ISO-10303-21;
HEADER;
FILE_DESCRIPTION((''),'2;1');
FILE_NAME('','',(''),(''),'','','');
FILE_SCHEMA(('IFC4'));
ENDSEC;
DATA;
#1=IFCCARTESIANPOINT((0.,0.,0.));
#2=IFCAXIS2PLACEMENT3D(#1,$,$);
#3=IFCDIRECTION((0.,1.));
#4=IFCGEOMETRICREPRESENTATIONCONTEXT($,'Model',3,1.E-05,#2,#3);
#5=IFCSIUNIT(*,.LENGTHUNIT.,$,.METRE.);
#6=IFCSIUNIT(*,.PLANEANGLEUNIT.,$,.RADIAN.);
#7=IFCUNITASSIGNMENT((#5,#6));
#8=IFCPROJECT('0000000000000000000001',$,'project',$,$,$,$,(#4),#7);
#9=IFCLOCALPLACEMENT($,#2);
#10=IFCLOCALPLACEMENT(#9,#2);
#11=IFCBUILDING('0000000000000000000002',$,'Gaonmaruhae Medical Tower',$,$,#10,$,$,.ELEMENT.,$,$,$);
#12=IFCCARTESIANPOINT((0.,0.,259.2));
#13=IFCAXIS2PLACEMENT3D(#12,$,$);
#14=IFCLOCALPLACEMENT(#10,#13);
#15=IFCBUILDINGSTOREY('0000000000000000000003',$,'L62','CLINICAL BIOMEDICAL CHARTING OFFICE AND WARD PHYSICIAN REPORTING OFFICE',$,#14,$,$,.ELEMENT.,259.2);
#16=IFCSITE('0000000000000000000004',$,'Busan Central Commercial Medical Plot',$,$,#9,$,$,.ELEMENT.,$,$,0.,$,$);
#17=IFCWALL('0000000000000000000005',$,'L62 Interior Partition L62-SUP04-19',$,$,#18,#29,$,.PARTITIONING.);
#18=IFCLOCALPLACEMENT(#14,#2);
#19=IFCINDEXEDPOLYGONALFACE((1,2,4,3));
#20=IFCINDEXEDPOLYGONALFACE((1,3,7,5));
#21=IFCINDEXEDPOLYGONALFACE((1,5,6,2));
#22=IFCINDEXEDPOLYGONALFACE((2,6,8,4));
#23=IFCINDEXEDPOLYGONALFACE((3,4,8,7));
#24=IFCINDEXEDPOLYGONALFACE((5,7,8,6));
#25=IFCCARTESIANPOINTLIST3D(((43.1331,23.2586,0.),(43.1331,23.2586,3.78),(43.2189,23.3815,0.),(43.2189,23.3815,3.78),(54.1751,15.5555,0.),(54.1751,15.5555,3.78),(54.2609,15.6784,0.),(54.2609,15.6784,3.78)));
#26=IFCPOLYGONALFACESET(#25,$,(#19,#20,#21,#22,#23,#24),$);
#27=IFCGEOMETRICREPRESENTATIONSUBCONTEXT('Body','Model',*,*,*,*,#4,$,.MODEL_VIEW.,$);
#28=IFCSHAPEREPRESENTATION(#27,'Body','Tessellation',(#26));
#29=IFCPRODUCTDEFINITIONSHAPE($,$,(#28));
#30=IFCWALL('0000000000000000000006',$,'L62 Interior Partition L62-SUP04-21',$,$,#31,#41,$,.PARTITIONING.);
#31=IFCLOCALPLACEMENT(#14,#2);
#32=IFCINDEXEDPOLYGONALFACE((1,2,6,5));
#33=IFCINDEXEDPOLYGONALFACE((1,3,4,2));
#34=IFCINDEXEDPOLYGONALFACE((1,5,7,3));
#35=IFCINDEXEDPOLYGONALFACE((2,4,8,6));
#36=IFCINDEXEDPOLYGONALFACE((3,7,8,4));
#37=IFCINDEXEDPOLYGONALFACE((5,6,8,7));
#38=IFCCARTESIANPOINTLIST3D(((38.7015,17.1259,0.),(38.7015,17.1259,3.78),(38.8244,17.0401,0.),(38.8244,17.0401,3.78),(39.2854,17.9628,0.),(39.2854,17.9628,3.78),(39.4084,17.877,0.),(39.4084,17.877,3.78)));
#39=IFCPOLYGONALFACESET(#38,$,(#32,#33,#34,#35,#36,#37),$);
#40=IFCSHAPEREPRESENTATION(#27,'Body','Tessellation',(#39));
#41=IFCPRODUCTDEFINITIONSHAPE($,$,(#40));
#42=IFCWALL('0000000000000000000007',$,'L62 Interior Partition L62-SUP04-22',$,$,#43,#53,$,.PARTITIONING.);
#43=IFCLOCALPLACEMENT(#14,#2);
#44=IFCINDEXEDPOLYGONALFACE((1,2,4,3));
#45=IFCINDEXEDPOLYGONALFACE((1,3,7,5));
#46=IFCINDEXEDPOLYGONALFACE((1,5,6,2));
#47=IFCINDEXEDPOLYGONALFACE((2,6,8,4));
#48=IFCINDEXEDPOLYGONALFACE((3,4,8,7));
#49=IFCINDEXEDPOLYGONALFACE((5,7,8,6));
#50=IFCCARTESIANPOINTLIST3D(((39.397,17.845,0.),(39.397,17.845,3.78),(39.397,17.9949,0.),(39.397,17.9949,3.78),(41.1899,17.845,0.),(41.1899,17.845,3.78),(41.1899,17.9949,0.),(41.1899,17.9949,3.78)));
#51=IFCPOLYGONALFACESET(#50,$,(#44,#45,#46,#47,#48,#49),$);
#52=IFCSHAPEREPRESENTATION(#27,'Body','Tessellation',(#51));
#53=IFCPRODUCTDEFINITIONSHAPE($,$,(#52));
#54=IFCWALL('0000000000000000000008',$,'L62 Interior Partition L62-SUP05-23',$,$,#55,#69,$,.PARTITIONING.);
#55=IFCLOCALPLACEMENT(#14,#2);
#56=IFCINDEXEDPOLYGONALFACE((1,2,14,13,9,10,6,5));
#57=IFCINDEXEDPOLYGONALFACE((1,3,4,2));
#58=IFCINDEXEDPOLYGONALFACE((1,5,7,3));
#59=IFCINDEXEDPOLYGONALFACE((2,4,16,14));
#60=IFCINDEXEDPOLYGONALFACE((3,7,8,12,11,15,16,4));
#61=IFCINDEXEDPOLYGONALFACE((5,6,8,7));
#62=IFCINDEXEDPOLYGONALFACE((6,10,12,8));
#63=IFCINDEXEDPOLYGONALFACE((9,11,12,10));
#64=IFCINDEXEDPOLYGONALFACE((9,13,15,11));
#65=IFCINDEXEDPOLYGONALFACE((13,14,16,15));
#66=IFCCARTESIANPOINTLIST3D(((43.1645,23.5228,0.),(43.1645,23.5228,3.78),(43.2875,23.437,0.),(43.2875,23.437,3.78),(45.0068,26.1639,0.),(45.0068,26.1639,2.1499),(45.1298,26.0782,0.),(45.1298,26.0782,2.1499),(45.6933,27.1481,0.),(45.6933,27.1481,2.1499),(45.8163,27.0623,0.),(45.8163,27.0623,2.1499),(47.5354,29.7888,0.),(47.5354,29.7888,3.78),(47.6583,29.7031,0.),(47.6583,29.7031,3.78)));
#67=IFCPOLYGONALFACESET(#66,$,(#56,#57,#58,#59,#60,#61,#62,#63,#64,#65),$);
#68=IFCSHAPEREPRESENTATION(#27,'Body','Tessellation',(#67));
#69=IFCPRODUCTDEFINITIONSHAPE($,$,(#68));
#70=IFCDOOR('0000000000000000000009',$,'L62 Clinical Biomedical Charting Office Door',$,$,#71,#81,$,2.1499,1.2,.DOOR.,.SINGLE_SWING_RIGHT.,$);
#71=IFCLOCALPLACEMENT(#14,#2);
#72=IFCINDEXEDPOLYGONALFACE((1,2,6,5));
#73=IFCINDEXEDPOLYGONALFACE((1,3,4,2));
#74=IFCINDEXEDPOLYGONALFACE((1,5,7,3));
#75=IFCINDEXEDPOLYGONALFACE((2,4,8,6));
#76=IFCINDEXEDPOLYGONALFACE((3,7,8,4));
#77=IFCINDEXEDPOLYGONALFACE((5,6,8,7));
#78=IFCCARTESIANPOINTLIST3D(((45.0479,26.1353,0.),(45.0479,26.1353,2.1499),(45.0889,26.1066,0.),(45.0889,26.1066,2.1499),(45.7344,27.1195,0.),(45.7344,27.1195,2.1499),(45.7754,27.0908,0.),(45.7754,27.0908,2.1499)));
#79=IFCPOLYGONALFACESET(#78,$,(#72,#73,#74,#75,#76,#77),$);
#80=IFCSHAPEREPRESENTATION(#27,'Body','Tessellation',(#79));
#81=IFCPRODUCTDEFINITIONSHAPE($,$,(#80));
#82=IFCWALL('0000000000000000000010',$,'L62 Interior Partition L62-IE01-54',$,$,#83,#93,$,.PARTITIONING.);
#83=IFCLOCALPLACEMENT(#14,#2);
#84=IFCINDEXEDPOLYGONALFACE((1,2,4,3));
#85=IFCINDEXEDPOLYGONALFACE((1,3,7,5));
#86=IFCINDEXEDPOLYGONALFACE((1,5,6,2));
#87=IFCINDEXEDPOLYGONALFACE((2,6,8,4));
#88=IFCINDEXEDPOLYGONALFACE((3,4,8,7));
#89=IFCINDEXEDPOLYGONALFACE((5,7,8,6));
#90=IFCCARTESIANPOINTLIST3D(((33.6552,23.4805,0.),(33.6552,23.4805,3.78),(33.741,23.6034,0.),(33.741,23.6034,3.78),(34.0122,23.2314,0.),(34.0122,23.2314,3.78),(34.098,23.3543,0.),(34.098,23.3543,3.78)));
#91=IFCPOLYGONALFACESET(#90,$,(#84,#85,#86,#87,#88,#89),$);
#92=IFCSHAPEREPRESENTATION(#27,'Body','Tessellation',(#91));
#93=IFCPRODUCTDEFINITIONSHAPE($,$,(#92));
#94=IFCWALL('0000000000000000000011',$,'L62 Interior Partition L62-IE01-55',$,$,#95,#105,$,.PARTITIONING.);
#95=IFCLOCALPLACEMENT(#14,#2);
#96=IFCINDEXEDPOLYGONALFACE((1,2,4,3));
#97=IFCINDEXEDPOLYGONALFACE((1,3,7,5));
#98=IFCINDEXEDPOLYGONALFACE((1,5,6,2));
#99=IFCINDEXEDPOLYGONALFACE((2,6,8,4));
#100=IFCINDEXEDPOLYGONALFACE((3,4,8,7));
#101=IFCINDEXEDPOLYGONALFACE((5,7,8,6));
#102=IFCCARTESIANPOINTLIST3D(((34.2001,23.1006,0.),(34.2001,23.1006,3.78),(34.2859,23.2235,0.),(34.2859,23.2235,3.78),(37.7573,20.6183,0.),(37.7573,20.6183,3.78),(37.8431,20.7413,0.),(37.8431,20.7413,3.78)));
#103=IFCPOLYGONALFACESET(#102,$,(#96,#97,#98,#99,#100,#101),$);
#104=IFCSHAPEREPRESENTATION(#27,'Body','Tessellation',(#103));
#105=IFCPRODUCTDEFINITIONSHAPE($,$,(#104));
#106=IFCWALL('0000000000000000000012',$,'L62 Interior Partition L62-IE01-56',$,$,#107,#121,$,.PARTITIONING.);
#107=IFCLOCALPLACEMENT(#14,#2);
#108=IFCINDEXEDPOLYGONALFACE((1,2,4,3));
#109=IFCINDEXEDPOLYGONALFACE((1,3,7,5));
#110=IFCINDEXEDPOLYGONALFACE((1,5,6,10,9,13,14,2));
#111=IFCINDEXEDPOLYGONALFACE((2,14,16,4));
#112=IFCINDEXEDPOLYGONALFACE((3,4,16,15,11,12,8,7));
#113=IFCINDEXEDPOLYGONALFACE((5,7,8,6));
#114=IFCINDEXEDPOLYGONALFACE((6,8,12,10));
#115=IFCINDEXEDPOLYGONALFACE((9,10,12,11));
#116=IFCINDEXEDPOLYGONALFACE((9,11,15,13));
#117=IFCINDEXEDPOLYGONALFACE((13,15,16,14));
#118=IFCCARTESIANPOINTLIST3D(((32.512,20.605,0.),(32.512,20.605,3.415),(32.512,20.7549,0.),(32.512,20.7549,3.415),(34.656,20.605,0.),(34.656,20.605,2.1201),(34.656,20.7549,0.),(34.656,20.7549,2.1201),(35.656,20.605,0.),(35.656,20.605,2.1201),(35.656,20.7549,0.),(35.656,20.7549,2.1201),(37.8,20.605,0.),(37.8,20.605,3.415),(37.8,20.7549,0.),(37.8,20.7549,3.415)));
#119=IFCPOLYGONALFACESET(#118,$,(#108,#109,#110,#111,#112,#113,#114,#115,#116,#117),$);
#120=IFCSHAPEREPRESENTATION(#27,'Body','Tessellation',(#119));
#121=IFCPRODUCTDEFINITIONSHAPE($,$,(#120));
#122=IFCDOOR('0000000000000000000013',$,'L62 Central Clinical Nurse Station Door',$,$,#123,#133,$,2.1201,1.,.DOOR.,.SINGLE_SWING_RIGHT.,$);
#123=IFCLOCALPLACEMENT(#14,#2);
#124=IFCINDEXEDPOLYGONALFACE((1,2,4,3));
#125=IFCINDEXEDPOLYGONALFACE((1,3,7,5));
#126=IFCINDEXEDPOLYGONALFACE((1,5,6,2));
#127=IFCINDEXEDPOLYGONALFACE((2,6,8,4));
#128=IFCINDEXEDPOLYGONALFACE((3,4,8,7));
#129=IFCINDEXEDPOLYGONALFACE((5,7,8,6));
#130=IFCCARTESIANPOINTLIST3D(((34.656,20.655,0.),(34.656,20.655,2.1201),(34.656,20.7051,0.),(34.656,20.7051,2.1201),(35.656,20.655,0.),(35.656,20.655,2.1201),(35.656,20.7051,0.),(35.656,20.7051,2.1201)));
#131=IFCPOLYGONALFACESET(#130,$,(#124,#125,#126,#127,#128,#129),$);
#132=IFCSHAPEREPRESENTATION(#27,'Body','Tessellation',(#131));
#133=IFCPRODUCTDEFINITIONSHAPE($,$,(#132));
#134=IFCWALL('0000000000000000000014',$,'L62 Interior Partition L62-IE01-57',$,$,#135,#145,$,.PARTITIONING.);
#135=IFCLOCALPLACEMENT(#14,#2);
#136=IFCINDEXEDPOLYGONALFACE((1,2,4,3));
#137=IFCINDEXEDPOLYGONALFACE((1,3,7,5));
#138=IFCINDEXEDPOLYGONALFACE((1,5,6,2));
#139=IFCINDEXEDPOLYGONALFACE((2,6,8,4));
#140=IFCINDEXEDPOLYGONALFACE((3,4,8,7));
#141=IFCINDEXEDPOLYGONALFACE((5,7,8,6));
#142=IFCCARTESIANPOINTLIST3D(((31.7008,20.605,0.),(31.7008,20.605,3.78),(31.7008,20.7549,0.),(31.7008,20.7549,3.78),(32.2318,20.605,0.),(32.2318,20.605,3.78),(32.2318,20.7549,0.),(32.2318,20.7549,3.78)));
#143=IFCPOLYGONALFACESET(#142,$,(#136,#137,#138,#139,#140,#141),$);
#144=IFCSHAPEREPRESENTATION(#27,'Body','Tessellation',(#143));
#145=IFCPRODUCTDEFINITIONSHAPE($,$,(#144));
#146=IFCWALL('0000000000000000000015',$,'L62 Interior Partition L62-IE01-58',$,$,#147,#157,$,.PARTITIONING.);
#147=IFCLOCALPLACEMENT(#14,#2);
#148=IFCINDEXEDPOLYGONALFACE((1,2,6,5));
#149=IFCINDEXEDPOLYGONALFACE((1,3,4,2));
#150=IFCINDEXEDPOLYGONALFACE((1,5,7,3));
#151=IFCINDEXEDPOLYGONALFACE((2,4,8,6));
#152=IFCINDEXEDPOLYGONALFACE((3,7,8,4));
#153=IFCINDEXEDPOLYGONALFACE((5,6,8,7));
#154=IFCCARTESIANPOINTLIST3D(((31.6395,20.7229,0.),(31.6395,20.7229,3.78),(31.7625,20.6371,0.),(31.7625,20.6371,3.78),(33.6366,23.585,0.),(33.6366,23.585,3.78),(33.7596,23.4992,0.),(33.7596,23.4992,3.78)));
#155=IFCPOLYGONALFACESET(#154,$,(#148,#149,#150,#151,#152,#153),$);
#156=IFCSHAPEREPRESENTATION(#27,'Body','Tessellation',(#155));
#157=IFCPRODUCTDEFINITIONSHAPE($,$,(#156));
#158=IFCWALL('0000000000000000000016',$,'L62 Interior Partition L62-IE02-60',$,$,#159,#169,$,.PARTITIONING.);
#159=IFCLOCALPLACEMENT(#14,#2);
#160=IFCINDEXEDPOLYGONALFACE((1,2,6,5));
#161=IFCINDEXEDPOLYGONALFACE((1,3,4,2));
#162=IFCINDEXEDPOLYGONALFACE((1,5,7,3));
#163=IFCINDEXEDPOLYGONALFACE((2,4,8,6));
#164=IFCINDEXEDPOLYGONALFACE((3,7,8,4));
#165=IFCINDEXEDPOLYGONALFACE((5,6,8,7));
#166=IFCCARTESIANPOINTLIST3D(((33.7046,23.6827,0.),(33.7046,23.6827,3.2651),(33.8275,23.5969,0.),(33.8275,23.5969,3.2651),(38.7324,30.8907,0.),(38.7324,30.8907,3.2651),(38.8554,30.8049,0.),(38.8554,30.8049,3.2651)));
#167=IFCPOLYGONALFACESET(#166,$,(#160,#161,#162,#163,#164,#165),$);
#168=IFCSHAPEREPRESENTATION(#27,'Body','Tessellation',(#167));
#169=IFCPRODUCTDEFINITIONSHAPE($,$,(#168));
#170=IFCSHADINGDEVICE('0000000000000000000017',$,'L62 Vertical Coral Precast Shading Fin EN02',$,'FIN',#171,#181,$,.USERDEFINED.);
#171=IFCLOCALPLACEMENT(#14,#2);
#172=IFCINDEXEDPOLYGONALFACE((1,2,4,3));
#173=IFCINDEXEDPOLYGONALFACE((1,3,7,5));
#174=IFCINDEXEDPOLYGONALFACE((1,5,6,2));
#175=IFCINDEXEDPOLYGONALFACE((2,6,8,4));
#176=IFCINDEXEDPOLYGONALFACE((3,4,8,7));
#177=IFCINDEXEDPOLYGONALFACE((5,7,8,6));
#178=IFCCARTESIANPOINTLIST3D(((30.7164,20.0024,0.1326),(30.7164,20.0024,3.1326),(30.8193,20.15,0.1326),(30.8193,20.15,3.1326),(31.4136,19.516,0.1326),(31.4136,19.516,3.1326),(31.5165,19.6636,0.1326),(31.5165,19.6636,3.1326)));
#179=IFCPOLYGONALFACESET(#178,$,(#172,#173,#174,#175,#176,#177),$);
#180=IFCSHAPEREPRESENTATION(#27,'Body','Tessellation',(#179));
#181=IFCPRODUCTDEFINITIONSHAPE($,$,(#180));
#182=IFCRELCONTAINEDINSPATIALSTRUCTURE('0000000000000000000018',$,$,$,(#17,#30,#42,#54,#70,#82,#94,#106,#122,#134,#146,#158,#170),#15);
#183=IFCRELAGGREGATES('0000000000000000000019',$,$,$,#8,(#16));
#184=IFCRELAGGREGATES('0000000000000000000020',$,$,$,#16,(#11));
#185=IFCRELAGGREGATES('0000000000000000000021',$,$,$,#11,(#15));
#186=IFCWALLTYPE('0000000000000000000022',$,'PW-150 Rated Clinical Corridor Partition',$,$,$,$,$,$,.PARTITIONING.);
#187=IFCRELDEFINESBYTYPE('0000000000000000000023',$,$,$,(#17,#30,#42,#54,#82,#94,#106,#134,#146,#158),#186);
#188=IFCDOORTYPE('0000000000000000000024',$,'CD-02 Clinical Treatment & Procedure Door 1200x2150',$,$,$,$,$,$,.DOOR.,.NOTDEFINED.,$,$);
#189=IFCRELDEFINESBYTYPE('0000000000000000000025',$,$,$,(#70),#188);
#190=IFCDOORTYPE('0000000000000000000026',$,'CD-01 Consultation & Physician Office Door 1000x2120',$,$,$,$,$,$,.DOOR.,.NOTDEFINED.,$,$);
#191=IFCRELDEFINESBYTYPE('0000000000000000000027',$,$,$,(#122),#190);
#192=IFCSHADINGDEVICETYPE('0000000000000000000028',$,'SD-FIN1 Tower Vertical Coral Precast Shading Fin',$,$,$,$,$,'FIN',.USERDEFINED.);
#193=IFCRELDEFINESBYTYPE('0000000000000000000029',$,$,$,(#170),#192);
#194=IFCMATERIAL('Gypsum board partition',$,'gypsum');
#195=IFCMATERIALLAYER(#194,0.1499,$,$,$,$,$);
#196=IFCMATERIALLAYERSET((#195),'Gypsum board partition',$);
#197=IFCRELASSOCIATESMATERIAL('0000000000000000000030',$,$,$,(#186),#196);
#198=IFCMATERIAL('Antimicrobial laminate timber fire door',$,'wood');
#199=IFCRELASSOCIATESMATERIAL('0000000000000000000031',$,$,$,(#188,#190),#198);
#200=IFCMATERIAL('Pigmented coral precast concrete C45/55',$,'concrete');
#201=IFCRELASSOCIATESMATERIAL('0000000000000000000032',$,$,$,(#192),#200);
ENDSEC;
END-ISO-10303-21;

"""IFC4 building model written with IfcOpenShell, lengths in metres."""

from ifc_helpers import new_model, si_unit, direction, frame, frame_2d, origin, origin_2d, place, context, subcontext, project, spatial, rectangle, extrude, material, layer, layer_set, type_object, element, fill, save


model = new_model("IFC4")

# Units and contexts
model_context = context("Model", 3, precision=1e-05, world=origin(), true_north=direction((0.0, 1.0)))
body_context = subcontext(model_context, "Body", "Model", "MODEL_VIEW")
ifc_project = project(units=[si_unit("LENGTHUNIT", "METRE"), si_unit("PLANEANGLEUNIT", "RADIAN")], contexts=[model_context])

# Site, building, storey
site_placement = place(None, origin())
site = spatial("IfcSite", under=ifc_project, at=site_placement, Name="Busan Central Commercial Medical Plot", CompositionType="ELEMENT", RefElevation=0.0)
building_placement = place(site_placement, origin())
building = spatial("IfcBuilding", under=site, at=building_placement, Name="Gaonmaruhae Medical Tower", CompositionType="ELEMENT")
storey_placement = place(building_placement, frame((0.0, 0.0, 259.2)))
storey = spatial("IfcBuildingStorey", under=building, at=storey_placement, Name="L62", Description="CLINICAL BIOMEDICAL CHARTING OFFICE AND WARD PHYSICIAN REPORTING OFFICE", CompositionType="ELEMENT", Elevation=259.2)

# Shared definitions
ifc_material_1 = material(Name="Gypsum board partition", Category="gypsum")
ifc_layer_1 = layer(ifc_material_1, 0.1499)
ifc_layer_set_1 = layer_set([ifc_layer_1], Name="Gypsum board partition")
wall_type_1 = type_object("IfcWallType", Name="PW-150 Rated Clinical Corridor Partition", PredefinedType="PARTITIONING", material=ifc_layer_set_1)

# Shared definitions
ifc_material_2 = material(Name="Antimicrobial laminate timber fire door", Category="wood")
door_type_1 = type_object("IfcDoorType", Name="CD-02 Clinical Treatment & Procedure Door 1200x2150", OperationType="NOTDEFINED", PredefinedType="DOOR", material=ifc_material_2)

# Walls
wall_1_placement = place(storey_placement, frame((43.176, 23.3201, 0.0), z_axis=(0.0, 0.0, 1.0), x_axis=(0.820148, -0.572152, 0.0)))
element("IfcWall", 1, at=wall_1_placement, inside=storey, type_object=wall_type_1, Name="L62 Interior Partition L62-SUP04-19", PredefinedType="PARTITIONING", context=body_context, shape_type="SweptSolid", body=[
    extrude(rectangle(XDim=13.4634, YDim=0.1499, at=frame_2d((6.7317, 0.0))), origin(), (0.0, 0.0, 1.0), 3.78),
])
wall_2_placement = place(storey_placement, frame((38.7629, 17.083, 0.0), z_axis=(0.0, 0.0, 1.0), x_axis=(0.572241, 0.820085, 0.0)))
element("IfcWall", 2, at=wall_2_placement, inside=storey, type_object=wall_type_1, Name="L62 Interior Partition L62-SUP04-21", PredefinedType="PARTITIONING", context=body_context, shape_type="SweptSolid", body=[
    extrude(rectangle(XDim=1.0205, YDim=0.1499, at=frame_2d((0.5103, 0.0))), origin(), (0.0, 0.0, 1.0), 3.78),
])
wall_3_placement = place(storey_placement, frame((39.397, 17.9199, 0.0), z_axis=(0.0, 0.0, 1.0), x_axis=(1.0, 0.0, 0.0)))
element("IfcWall", 3, at=wall_3_placement, inside=storey, type_object=wall_type_1, Name="L62 Interior Partition L62-SUP04-22", PredefinedType="PARTITIONING", context=body_context, shape_type="SweptSolid", body=[
    extrude(rectangle(XDim=1.793, YDim=0.1499, at=frame_2d((0.8965, 0.0))), origin(), (0.0, 0.0, 1.0), 3.78),
])

# Wall, opening, door
wall_4_placement = place(storey_placement, frame((43.2261, 23.48, 0.0), z_axis=(0.0, 0.0, 1.0), x_axis=(0.572106, 0.82018, 0.0)))
wall_4 = element("IfcWall", 4, at=wall_4_placement, inside=storey, type_object=wall_type_1, Name="L62 Interior Partition L62-SUP05-23", PredefinedType="PARTITIONING", context=body_context, shape_type="SweptSolid", body=[
    extrude(rectangle(XDim=7.6399, YDim=0.1499, at=frame_2d((3.8198, 0.0))), origin(), (0.0, 0.0, 1.0), 3.78),
])
opening_1_placement = place(wall_4_placement, frame((3.22, 0.0, 0.0)))
opening_1 = element("IfcOpeningElement", 5, at=opening_1_placement, cuts=wall_4, PredefinedType="OPENING", context=body_context, shape_type="SweptSolid", body=[
    extrude(rectangle(XDim=1.2, YDim=2.1499, at=frame_2d((0.6001, 1.075))), frame((0.0, 0.085, 0.0), z_axis=(0.0, -1.0, 0.0), x_axis=(1.0, 0.0, 0.0)), (0.0, 0.0, 1.0), 0.1699),
])
door_1_placement = place(opening_1_placement, origin())
door_1 = element("IfcDoor", 6, at=door_1_placement, inside=storey, type_object=door_type_1, Name="L62 Clinical Biomedical Charting Office Door", OperationType="SINGLE_SWING_RIGHT", OverallHeight=2.1499, OverallWidth=1.2, PredefinedType="DOOR", context=body_context, shape_type="SweptSolid", body=[
    extrude(rectangle(XDim=1.2, YDim=2.1499, at=frame_2d((0.6001, 1.075))), frame((0.0, 0.0249, 0.0), z_axis=(0.0, -1.0, 0.0), x_axis=(1.0, 0.0, 0.0)), (0.0, 0.0, 1.0), 0.05),
])
fill(opening_1, door_1)

# Walls
wall_5_placement = place(storey_placement, frame((33.698, 23.542, 0.0), z_axis=(0.0, 0.0, 1.0), x_axis=(0.820127, -0.572182, 0.0)))
element("IfcWall", 7, at=wall_5_placement, inside=storey, type_object=wall_type_1, Name="L62 Interior Partition L62-IE01-54", PredefinedType="PARTITIONING", context=body_context, shape_type="SweptSolid", body=[
    extrude(rectangle(XDim=0.4353, YDim=0.1499, at=frame_2d((0.2178, 0.0))), origin(), (0.0, 0.0, 1.0), 3.78),
])
wall_6_placement = place(storey_placement, frame((34.2429, 23.1621, 0.0), z_axis=(0.0, 0.0, 1.0), x_axis=(0.820077, -0.572253, 0.0)))
element("IfcWall", 8, at=wall_6_placement, inside=storey, type_object=wall_type_1, Name="L62 Interior Partition L62-IE01-55", PredefinedType="PARTITIONING", context=body_context, shape_type="SweptSolid", body=[
    extrude(rectangle(XDim=4.3376, YDim=0.1499, at=frame_2d((2.1689, 0.0))), origin(), (0.0, 0.0, 1.0), 3.78),
])

# Wall, opening, door
wall_7_placement = place(storey_placement, frame((37.8, 20.6799, 0.0), z_axis=(0.0, 0.0, 1.0), x_axis=(-1.0, 0.0, 0.0)))
wall_7 = element("IfcWall", 9, at=wall_7_placement, inside=storey, type_object=wall_type_1, Name="L62 Interior Partition L62-IE01-56", PredefinedType="PARTITIONING", context=body_context, shape_type="SweptSolid", body=[
    extrude(rectangle(XDim=5.2881, YDim=0.1499, at=frame_2d((2.644, 0.0))), origin(), (0.0, 0.0, 1.0), 3.415),
])
opening_2_placement = place(wall_7_placement, frame((2.144, 0.0, 0.0)))
opening_2 = element("IfcOpeningElement", 10, at=opening_2_placement, cuts=wall_7, PredefinedType="OPENING", context=body_context, shape_type="SweptSolid", body=[
    extrude(rectangle(XDim=1.0, YDim=2.1201, at=frame_2d((0.5, 1.0601))), frame((0.0, 0.085, 0.0), z_axis=(0.0, -1.0, 0.0), x_axis=(1.0, 0.0, 0.0)), (0.0, 0.0, 1.0), 0.1699),
])
door_type_2 = type_object("IfcDoorType", Name="CD-01 Consultation & Physician Office Door 1000x2120", OperationType="NOTDEFINED", PredefinedType="DOOR", material=ifc_material_2)
door_2_placement = place(opening_2_placement, origin())
door_2 = element("IfcDoor", 11, at=door_2_placement, inside=storey, type_object=door_type_2, Name="L62 Central Clinical Nurse Station Door", OperationType="SINGLE_SWING_RIGHT", OverallHeight=2.1201, OverallWidth=1.0, PredefinedType="DOOR", context=body_context, shape_type="SweptSolid", body=[
    extrude(rectangle(XDim=1.0, YDim=2.1201, at=frame_2d((0.5, 1.0601))), frame((0.0, 0.0249, 0.0), z_axis=(0.0, -1.0, 0.0), x_axis=(1.0, 0.0, 0.0)), (0.0, 0.0, 1.0), 0.05),
])
fill(opening_2, door_2)

# Walls
wall_8_placement = place(storey_placement, frame((32.2319, 20.6799, 0.0), z_axis=(0.0, 0.0, 1.0), x_axis=(-1.0, 0.0, 0.0)))
element("IfcWall", 12, at=wall_8_placement, inside=storey, type_object=wall_type_1, Name="L62 Interior Partition L62-IE01-57", PredefinedType="PARTITIONING", context=body_context, shape_type="SweptSolid", body=[
    extrude(rectangle(XDim=0.531, YDim=0.1499, at=frame_2d((0.2656, 0.0))), origin(), (0.0, 0.0, 1.0), 3.78),
])
wall_9_placement = place(storey_placement, frame((31.7009, 20.6799, 0.0), z_axis=(0.0, 0.0, 1.0), x_axis=(0.572236, 0.820089, 0.0)))
element("IfcWall", 13, at=wall_9_placement, inside=storey, type_object=wall_type_1, Name="L62 Interior Partition L62-IE01-58", PredefinedType="PARTITIONING", context=body_context, shape_type="SweptSolid", body=[
    extrude(rectangle(XDim=3.49, YDim=0.1499, at=frame_2d((1.7451, 0.0))), origin(), (0.0, 0.0, 1.0), 3.78),
])
wall_10_placement = place(storey_placement, frame((33.7661, 23.6399, 0.0), z_axis=(0.0, 0.0, 1.0), x_axis=(0.572104, 0.820181, 0.0)))
element("IfcWall", 14, at=wall_10_placement, inside=storey, type_object=wall_type_1, Name="L62 Interior Partition L62-IE02-60", PredefinedType="PARTITIONING", context=body_context, shape_type="SweptSolid", body=[
    extrude(rectangle(XDim=8.7883, YDim=0.1499, at=frame_2d((4.394, 0.0))), origin(), (0.0, 0.0, 1.0), 3.2651),
])

# Shading device
ifc_material_3 = material(Name="Pigmented coral precast concrete C45/55", Category="concrete")
shading_device_type = type_object("IfcShadingDeviceType", Name="SD-FIN1 Tower Vertical Coral Precast Shading Fin", ElementType="FIN", PredefinedType="USERDEFINED", material=ifc_material_3)
shading_device_placement = place(storey_placement, frame((31.1165, 19.833, 0.1326), z_axis=(0.0, 0.0, 1.0), x_axis=(0.572146, 0.820152, 0.0)))
element("IfcShadingDevice", 15, at=shading_device_placement, inside=storey, type_object=shading_device_type, Name="L62 Vertical Coral Precast Shading Fin EN02", ObjectType="FIN", PredefinedType="USERDEFINED", context=body_context, shape_type="SweptSolid", body=[
    extrude(rectangle(XDim=0.1799, YDim=0.8501, at=origin_2d()), origin(), (0.0, 0.0, 1.0), 3.0),
])

save(model, "model.ifc")
